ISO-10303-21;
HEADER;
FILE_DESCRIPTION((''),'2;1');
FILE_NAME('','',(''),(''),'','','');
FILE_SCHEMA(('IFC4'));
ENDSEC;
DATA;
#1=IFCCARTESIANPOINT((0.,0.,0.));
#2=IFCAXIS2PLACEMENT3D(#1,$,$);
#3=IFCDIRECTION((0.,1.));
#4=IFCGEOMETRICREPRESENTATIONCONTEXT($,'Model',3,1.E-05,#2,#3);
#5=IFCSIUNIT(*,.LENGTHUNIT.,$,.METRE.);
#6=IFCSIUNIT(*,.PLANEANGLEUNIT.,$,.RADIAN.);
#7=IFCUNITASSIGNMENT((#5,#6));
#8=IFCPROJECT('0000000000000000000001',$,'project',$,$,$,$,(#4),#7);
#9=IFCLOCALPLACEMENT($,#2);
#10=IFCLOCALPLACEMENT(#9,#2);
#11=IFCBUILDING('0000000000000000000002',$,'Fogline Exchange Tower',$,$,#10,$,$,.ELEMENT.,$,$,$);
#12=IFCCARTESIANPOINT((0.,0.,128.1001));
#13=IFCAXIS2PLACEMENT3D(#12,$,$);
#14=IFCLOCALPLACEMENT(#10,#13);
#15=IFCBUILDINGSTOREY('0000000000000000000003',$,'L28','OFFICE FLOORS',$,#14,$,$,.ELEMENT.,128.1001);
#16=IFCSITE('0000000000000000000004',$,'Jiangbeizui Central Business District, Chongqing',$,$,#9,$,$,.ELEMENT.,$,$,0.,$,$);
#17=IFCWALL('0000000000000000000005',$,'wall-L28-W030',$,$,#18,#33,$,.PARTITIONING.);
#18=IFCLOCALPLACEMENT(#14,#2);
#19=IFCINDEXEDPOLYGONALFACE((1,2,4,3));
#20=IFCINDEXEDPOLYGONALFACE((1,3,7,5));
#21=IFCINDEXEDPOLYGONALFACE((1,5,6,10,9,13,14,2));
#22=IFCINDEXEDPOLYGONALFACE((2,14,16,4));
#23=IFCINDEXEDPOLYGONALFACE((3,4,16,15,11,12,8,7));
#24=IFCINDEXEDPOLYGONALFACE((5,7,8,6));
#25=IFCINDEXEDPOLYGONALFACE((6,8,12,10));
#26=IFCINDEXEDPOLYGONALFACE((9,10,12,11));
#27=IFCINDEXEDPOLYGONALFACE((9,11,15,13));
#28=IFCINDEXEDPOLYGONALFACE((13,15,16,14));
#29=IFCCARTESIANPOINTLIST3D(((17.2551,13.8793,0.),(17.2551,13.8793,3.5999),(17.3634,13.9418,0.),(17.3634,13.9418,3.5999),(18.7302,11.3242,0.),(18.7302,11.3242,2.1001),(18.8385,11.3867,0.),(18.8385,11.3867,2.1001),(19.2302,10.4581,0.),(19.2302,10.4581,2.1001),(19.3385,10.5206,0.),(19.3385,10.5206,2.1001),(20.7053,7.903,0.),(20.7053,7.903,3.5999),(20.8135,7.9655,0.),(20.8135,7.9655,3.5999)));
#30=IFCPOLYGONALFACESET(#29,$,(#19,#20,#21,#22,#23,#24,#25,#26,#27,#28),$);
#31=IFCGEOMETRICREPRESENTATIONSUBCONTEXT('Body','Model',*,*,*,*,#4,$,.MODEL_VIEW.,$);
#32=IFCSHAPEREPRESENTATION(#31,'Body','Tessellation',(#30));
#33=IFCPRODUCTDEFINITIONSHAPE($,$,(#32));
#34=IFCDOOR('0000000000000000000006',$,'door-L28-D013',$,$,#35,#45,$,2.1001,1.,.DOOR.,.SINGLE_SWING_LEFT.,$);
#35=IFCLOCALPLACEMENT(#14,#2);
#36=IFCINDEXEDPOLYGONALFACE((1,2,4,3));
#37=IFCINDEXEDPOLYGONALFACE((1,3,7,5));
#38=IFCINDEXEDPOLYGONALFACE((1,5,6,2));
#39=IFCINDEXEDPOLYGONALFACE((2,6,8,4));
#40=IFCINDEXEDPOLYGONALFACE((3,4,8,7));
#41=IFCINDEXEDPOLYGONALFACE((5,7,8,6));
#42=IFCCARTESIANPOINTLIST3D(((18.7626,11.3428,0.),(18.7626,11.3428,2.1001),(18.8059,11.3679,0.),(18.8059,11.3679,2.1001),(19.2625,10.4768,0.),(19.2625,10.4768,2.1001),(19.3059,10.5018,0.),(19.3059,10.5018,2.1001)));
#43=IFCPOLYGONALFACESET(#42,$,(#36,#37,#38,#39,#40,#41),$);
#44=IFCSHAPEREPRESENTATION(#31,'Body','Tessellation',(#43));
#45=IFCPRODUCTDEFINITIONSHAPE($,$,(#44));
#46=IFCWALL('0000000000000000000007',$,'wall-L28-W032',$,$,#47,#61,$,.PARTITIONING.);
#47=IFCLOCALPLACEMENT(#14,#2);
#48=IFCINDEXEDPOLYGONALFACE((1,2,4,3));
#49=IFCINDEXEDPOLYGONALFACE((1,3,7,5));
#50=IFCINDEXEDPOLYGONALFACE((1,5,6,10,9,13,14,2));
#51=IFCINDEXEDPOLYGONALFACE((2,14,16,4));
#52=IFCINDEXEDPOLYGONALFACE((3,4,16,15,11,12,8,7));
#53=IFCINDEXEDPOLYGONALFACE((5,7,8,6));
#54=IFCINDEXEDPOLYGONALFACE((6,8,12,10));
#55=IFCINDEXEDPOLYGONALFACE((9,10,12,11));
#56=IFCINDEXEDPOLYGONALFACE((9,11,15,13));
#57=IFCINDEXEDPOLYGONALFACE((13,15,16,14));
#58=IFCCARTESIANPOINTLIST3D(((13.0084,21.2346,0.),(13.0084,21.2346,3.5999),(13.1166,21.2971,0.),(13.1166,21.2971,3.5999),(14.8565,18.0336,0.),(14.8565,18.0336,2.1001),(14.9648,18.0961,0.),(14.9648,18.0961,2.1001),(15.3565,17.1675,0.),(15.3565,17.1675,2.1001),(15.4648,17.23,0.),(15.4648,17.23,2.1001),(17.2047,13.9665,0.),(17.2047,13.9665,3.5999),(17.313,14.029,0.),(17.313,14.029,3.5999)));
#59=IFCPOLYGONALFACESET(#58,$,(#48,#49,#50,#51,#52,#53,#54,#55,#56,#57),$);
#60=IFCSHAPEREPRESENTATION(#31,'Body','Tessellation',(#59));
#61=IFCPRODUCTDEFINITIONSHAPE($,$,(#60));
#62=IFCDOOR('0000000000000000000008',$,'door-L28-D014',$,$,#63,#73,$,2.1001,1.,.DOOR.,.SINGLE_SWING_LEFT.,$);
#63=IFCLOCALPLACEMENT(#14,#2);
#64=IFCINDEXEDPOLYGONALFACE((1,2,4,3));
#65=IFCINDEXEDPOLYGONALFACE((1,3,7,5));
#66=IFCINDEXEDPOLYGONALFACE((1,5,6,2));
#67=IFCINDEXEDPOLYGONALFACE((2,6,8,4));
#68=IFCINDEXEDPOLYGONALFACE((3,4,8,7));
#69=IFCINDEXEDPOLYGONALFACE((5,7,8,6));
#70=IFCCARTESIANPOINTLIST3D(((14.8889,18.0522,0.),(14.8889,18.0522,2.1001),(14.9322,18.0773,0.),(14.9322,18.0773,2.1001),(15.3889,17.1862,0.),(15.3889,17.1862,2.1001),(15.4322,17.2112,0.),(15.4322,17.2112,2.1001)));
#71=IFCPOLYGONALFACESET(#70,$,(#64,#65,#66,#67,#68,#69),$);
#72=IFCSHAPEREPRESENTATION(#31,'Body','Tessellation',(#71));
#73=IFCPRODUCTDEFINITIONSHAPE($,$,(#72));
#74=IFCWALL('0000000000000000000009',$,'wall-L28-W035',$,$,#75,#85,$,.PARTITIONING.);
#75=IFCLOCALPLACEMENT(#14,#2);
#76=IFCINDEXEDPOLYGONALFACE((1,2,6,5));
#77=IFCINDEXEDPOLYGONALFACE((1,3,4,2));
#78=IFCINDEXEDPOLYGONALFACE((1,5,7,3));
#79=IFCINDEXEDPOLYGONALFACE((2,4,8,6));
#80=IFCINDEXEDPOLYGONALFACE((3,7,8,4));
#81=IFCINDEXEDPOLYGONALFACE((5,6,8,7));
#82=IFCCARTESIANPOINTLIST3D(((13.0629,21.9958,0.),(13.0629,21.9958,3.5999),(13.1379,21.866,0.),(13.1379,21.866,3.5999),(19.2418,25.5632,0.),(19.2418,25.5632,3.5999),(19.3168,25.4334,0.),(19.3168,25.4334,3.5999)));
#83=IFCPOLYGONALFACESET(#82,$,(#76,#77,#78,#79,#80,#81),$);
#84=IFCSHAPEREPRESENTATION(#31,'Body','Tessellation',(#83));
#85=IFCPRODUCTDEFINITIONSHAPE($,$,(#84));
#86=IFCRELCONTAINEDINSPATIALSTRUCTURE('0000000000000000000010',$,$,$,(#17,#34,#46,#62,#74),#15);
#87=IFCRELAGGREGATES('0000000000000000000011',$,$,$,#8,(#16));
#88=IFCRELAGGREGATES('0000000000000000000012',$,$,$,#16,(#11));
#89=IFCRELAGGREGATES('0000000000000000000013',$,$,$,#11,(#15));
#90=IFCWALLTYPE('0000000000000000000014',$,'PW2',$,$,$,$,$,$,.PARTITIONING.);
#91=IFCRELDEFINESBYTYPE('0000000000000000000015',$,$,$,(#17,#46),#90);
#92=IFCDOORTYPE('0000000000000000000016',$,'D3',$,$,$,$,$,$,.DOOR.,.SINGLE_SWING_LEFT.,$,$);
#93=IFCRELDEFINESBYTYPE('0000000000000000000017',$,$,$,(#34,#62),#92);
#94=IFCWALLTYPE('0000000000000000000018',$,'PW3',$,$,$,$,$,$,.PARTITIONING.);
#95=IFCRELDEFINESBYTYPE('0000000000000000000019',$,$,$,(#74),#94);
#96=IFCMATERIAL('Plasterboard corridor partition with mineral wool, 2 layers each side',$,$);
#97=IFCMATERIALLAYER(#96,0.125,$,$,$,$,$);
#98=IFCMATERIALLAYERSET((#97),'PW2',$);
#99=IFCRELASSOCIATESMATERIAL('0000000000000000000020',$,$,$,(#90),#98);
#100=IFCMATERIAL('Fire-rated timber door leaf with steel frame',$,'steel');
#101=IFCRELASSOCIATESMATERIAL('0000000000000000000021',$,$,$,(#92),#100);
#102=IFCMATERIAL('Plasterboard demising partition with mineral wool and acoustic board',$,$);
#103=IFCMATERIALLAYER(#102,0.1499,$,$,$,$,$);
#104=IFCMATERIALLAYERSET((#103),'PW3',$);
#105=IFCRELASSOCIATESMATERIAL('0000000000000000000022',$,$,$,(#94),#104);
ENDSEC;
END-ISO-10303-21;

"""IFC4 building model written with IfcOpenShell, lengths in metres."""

from ifc_helpers import new_model, si_unit, direction, frame, frame_2d, origin, place, context, subcontext, project, spatial, rectangle, extrude, material, layer, layer_set, type_object, element, fill, save


model = new_model("IFC4")

# Units and contexts
model_context = context("Model", 3, precision=1e-05, world=origin(), true_north=direction((0.0, 1.0)))
body_context = subcontext(model_context, "Body", "Model", "MODEL_VIEW")
ifc_project = project(units=[si_unit("LENGTHUNIT", "METRE"), si_unit("PLANEANGLEUNIT", "RADIAN")], contexts=[model_context])

# Site, building, storey
site_placement = place(None, origin())
site = spatial("IfcSite", under=ifc_project, at=site_placement, Name="Jiangbeizui Central Business District, Chongqing", CompositionType="ELEMENT", RefElevation=0.0)
building_placement = place(site_placement, origin())
building = spatial("IfcBuilding", under=site, at=building_placement, Name="Fogline Exchange Tower", CompositionType="ELEMENT")
storey_placement = place(building_placement, frame((0.0, 0.0, 128.1001)))
storey = spatial("IfcBuildingStorey", under=building, at=storey_placement, Name="L28", Description="OFFICE FLOORS", CompositionType="ELEMENT", Elevation=128.1001)

# Shared definitions
ifc_material_1 = material(Name="Plasterboard corridor partition with mineral wool, 2 layers each side")
ifc_layer_1 = layer(ifc_material_1, 0.125)
ifc_layer_set_1 = layer_set([ifc_layer_1], Name="PW2")
wall_type_1 = type_object("IfcWallType", Name="PW2", PredefinedType="PARTITIONING", material=ifc_layer_set_1)

# Walls, openings, doors
wall_1_placement = place(storey_placement, frame((17.3093, 13.9104, 0.0), z_axis=(0.0, 0.0, 1.0), x_axis=(0.499975, -0.86604, 0.0)))
wall_1 = element("IfcWall", 1, at=wall_1_placement, inside=storey, type_object=wall_type_1, Name="wall-L28-W030", PredefinedType="PARTITIONING", context=body_context, shape_type="SweptSolid", body=[
    extrude(rectangle(XDim=6.9006, YDim=0.125, at=frame_2d((3.4502, 0.0))), origin(), (0.0, 0.0, 1.0), 3.5999),
])
opening_1_placement = place(wall_1_placement, frame((2.9502, 0.0, 0.0)))
opening_1 = element("IfcOpeningElement", 2, at=opening_1_placement, cuts=wall_1, PredefinedType="OPENING", context=body_context, shape_type="SweptSolid", body=[
    extrude(rectangle(XDim=1.0, YDim=2.1001, at=frame_2d((0.5, 1.05))), frame((0.0, 0.0725, 0.0), z_axis=(0.0, -1.0, 0.0), x_axis=(1.0, 0.0, 0.0)), (0.0, 0.0, 1.0), 0.145),
])
ifc_material_2 = material(Name="Fire-rated timber door leaf with steel frame", Category="steel")
door_type = type_object("IfcDoorType", Name="D3", OperationType="SINGLE_SWING_LEFT", PredefinedType="DOOR", material=ifc_material_2)
door_1_placement = place(opening_1_placement, origin())
door_1 = element("IfcDoor", 3, at=door_1_placement, inside=storey, type_object=door_type, Name="door-L28-D013", OperationType="SINGLE_SWING_LEFT", OverallHeight=2.1001, OverallWidth=1.0, PredefinedType="DOOR", context=body_context, shape_type="SweptSolid", body=[
    extrude(rectangle(XDim=1.0, YDim=2.1001, at=frame_2d((0.5, 1.05))), frame((0.0, 0.0249, 0.0), z_axis=(0.0, -1.0, 0.0), x_axis=(1.0, 0.0, 0.0)), (0.0, 0.0, 1.0), 0.05),
])
fill(opening_1, door_1)
wall_2_placement = place(storey_placement, frame((13.0625, 21.2659, 0.0), z_axis=(0.0, 0.0, 1.0), x_axis=(0.500006, -0.866022, 0.0)))
wall_2 = element("IfcWall", 4, at=wall_2_placement, inside=storey, type_object=wall_type_1, Name="wall-L28-W032", PredefinedType="PARTITIONING", context=body_context, shape_type="SweptSolid", body=[
    extrude(rectangle(XDim=8.3926, YDim=0.125, at=frame_2d((4.1963, 0.0))), origin(), (0.0, 0.0, 1.0), 3.5999),
])
opening_2_placement = place(wall_2_placement, frame((3.6963, 0.0, 0.0)))
opening_2 = element("IfcOpeningElement", 5, at=opening_2_placement, cuts=wall_2, PredefinedType="OPENING", context=body_context, shape_type="SweptSolid", body=[
    extrude(rectangle(XDim=1.0, YDim=2.1001, at=frame_2d((0.5, 1.05))), frame((0.0, 0.0725, 0.0), z_axis=(0.0, -1.0, 0.0), x_axis=(1.0, 0.0, 0.0)), (0.0, 0.0, 1.0), 0.145),
])
door_2_placement = place(opening_2_placement, origin())
door_2 = element("IfcDoor", 6, at=door_2_placement, inside=storey, type_object=door_type, Name="door-L28-D014", OperationType="SINGLE_SWING_LEFT", OverallHeight=2.1001, OverallWidth=1.0, PredefinedType="DOOR", context=body_context, shape_type="SweptSolid", body=[
    extrude(rectangle(XDim=1.0, YDim=2.1001, at=frame_2d((0.5, 1.05))), frame((0.0, 0.0249, 0.0), z_axis=(0.0, -1.0, 0.0), x_axis=(1.0, 0.0, 0.0)), (0.0, 0.0, 1.0), 0.05),
])
fill(opening_2, door_2)

# Wall
ifc_material_3 = material(Name="Plasterboard demising partition with mineral wool and acoustic board")
ifc_layer_2 = layer(ifc_material_3, 0.1499)
ifc_layer_set_2 = layer_set([ifc_layer_2], Name="PW3")
wall_type_2 = type_object("IfcWallType", Name="PW3", PredefinedType="PARTITIONING", material=ifc_layer_set_2)
wall_3_placement = place(storey_placement, frame((19.2793, 25.4983, 0.0), z_axis=(0.0, 0.0, 1.0), x_axis=(-0.866028, -0.499996, 0.0)))
element("IfcWall", 7, at=wall_3_placement, inside=storey, type_object=wall_type_2, Name="wall-L28-W035", PredefinedType="PARTITIONING", context=body_context, shape_type="SweptSolid", body=[
    extrude(rectangle(XDim=7.1348, YDim=0.1499, at=frame_2d((3.5674, 0.0))), origin(), (0.0, 0.0, 1.0), 3.5999),
])

save(model, "model.ifc")
